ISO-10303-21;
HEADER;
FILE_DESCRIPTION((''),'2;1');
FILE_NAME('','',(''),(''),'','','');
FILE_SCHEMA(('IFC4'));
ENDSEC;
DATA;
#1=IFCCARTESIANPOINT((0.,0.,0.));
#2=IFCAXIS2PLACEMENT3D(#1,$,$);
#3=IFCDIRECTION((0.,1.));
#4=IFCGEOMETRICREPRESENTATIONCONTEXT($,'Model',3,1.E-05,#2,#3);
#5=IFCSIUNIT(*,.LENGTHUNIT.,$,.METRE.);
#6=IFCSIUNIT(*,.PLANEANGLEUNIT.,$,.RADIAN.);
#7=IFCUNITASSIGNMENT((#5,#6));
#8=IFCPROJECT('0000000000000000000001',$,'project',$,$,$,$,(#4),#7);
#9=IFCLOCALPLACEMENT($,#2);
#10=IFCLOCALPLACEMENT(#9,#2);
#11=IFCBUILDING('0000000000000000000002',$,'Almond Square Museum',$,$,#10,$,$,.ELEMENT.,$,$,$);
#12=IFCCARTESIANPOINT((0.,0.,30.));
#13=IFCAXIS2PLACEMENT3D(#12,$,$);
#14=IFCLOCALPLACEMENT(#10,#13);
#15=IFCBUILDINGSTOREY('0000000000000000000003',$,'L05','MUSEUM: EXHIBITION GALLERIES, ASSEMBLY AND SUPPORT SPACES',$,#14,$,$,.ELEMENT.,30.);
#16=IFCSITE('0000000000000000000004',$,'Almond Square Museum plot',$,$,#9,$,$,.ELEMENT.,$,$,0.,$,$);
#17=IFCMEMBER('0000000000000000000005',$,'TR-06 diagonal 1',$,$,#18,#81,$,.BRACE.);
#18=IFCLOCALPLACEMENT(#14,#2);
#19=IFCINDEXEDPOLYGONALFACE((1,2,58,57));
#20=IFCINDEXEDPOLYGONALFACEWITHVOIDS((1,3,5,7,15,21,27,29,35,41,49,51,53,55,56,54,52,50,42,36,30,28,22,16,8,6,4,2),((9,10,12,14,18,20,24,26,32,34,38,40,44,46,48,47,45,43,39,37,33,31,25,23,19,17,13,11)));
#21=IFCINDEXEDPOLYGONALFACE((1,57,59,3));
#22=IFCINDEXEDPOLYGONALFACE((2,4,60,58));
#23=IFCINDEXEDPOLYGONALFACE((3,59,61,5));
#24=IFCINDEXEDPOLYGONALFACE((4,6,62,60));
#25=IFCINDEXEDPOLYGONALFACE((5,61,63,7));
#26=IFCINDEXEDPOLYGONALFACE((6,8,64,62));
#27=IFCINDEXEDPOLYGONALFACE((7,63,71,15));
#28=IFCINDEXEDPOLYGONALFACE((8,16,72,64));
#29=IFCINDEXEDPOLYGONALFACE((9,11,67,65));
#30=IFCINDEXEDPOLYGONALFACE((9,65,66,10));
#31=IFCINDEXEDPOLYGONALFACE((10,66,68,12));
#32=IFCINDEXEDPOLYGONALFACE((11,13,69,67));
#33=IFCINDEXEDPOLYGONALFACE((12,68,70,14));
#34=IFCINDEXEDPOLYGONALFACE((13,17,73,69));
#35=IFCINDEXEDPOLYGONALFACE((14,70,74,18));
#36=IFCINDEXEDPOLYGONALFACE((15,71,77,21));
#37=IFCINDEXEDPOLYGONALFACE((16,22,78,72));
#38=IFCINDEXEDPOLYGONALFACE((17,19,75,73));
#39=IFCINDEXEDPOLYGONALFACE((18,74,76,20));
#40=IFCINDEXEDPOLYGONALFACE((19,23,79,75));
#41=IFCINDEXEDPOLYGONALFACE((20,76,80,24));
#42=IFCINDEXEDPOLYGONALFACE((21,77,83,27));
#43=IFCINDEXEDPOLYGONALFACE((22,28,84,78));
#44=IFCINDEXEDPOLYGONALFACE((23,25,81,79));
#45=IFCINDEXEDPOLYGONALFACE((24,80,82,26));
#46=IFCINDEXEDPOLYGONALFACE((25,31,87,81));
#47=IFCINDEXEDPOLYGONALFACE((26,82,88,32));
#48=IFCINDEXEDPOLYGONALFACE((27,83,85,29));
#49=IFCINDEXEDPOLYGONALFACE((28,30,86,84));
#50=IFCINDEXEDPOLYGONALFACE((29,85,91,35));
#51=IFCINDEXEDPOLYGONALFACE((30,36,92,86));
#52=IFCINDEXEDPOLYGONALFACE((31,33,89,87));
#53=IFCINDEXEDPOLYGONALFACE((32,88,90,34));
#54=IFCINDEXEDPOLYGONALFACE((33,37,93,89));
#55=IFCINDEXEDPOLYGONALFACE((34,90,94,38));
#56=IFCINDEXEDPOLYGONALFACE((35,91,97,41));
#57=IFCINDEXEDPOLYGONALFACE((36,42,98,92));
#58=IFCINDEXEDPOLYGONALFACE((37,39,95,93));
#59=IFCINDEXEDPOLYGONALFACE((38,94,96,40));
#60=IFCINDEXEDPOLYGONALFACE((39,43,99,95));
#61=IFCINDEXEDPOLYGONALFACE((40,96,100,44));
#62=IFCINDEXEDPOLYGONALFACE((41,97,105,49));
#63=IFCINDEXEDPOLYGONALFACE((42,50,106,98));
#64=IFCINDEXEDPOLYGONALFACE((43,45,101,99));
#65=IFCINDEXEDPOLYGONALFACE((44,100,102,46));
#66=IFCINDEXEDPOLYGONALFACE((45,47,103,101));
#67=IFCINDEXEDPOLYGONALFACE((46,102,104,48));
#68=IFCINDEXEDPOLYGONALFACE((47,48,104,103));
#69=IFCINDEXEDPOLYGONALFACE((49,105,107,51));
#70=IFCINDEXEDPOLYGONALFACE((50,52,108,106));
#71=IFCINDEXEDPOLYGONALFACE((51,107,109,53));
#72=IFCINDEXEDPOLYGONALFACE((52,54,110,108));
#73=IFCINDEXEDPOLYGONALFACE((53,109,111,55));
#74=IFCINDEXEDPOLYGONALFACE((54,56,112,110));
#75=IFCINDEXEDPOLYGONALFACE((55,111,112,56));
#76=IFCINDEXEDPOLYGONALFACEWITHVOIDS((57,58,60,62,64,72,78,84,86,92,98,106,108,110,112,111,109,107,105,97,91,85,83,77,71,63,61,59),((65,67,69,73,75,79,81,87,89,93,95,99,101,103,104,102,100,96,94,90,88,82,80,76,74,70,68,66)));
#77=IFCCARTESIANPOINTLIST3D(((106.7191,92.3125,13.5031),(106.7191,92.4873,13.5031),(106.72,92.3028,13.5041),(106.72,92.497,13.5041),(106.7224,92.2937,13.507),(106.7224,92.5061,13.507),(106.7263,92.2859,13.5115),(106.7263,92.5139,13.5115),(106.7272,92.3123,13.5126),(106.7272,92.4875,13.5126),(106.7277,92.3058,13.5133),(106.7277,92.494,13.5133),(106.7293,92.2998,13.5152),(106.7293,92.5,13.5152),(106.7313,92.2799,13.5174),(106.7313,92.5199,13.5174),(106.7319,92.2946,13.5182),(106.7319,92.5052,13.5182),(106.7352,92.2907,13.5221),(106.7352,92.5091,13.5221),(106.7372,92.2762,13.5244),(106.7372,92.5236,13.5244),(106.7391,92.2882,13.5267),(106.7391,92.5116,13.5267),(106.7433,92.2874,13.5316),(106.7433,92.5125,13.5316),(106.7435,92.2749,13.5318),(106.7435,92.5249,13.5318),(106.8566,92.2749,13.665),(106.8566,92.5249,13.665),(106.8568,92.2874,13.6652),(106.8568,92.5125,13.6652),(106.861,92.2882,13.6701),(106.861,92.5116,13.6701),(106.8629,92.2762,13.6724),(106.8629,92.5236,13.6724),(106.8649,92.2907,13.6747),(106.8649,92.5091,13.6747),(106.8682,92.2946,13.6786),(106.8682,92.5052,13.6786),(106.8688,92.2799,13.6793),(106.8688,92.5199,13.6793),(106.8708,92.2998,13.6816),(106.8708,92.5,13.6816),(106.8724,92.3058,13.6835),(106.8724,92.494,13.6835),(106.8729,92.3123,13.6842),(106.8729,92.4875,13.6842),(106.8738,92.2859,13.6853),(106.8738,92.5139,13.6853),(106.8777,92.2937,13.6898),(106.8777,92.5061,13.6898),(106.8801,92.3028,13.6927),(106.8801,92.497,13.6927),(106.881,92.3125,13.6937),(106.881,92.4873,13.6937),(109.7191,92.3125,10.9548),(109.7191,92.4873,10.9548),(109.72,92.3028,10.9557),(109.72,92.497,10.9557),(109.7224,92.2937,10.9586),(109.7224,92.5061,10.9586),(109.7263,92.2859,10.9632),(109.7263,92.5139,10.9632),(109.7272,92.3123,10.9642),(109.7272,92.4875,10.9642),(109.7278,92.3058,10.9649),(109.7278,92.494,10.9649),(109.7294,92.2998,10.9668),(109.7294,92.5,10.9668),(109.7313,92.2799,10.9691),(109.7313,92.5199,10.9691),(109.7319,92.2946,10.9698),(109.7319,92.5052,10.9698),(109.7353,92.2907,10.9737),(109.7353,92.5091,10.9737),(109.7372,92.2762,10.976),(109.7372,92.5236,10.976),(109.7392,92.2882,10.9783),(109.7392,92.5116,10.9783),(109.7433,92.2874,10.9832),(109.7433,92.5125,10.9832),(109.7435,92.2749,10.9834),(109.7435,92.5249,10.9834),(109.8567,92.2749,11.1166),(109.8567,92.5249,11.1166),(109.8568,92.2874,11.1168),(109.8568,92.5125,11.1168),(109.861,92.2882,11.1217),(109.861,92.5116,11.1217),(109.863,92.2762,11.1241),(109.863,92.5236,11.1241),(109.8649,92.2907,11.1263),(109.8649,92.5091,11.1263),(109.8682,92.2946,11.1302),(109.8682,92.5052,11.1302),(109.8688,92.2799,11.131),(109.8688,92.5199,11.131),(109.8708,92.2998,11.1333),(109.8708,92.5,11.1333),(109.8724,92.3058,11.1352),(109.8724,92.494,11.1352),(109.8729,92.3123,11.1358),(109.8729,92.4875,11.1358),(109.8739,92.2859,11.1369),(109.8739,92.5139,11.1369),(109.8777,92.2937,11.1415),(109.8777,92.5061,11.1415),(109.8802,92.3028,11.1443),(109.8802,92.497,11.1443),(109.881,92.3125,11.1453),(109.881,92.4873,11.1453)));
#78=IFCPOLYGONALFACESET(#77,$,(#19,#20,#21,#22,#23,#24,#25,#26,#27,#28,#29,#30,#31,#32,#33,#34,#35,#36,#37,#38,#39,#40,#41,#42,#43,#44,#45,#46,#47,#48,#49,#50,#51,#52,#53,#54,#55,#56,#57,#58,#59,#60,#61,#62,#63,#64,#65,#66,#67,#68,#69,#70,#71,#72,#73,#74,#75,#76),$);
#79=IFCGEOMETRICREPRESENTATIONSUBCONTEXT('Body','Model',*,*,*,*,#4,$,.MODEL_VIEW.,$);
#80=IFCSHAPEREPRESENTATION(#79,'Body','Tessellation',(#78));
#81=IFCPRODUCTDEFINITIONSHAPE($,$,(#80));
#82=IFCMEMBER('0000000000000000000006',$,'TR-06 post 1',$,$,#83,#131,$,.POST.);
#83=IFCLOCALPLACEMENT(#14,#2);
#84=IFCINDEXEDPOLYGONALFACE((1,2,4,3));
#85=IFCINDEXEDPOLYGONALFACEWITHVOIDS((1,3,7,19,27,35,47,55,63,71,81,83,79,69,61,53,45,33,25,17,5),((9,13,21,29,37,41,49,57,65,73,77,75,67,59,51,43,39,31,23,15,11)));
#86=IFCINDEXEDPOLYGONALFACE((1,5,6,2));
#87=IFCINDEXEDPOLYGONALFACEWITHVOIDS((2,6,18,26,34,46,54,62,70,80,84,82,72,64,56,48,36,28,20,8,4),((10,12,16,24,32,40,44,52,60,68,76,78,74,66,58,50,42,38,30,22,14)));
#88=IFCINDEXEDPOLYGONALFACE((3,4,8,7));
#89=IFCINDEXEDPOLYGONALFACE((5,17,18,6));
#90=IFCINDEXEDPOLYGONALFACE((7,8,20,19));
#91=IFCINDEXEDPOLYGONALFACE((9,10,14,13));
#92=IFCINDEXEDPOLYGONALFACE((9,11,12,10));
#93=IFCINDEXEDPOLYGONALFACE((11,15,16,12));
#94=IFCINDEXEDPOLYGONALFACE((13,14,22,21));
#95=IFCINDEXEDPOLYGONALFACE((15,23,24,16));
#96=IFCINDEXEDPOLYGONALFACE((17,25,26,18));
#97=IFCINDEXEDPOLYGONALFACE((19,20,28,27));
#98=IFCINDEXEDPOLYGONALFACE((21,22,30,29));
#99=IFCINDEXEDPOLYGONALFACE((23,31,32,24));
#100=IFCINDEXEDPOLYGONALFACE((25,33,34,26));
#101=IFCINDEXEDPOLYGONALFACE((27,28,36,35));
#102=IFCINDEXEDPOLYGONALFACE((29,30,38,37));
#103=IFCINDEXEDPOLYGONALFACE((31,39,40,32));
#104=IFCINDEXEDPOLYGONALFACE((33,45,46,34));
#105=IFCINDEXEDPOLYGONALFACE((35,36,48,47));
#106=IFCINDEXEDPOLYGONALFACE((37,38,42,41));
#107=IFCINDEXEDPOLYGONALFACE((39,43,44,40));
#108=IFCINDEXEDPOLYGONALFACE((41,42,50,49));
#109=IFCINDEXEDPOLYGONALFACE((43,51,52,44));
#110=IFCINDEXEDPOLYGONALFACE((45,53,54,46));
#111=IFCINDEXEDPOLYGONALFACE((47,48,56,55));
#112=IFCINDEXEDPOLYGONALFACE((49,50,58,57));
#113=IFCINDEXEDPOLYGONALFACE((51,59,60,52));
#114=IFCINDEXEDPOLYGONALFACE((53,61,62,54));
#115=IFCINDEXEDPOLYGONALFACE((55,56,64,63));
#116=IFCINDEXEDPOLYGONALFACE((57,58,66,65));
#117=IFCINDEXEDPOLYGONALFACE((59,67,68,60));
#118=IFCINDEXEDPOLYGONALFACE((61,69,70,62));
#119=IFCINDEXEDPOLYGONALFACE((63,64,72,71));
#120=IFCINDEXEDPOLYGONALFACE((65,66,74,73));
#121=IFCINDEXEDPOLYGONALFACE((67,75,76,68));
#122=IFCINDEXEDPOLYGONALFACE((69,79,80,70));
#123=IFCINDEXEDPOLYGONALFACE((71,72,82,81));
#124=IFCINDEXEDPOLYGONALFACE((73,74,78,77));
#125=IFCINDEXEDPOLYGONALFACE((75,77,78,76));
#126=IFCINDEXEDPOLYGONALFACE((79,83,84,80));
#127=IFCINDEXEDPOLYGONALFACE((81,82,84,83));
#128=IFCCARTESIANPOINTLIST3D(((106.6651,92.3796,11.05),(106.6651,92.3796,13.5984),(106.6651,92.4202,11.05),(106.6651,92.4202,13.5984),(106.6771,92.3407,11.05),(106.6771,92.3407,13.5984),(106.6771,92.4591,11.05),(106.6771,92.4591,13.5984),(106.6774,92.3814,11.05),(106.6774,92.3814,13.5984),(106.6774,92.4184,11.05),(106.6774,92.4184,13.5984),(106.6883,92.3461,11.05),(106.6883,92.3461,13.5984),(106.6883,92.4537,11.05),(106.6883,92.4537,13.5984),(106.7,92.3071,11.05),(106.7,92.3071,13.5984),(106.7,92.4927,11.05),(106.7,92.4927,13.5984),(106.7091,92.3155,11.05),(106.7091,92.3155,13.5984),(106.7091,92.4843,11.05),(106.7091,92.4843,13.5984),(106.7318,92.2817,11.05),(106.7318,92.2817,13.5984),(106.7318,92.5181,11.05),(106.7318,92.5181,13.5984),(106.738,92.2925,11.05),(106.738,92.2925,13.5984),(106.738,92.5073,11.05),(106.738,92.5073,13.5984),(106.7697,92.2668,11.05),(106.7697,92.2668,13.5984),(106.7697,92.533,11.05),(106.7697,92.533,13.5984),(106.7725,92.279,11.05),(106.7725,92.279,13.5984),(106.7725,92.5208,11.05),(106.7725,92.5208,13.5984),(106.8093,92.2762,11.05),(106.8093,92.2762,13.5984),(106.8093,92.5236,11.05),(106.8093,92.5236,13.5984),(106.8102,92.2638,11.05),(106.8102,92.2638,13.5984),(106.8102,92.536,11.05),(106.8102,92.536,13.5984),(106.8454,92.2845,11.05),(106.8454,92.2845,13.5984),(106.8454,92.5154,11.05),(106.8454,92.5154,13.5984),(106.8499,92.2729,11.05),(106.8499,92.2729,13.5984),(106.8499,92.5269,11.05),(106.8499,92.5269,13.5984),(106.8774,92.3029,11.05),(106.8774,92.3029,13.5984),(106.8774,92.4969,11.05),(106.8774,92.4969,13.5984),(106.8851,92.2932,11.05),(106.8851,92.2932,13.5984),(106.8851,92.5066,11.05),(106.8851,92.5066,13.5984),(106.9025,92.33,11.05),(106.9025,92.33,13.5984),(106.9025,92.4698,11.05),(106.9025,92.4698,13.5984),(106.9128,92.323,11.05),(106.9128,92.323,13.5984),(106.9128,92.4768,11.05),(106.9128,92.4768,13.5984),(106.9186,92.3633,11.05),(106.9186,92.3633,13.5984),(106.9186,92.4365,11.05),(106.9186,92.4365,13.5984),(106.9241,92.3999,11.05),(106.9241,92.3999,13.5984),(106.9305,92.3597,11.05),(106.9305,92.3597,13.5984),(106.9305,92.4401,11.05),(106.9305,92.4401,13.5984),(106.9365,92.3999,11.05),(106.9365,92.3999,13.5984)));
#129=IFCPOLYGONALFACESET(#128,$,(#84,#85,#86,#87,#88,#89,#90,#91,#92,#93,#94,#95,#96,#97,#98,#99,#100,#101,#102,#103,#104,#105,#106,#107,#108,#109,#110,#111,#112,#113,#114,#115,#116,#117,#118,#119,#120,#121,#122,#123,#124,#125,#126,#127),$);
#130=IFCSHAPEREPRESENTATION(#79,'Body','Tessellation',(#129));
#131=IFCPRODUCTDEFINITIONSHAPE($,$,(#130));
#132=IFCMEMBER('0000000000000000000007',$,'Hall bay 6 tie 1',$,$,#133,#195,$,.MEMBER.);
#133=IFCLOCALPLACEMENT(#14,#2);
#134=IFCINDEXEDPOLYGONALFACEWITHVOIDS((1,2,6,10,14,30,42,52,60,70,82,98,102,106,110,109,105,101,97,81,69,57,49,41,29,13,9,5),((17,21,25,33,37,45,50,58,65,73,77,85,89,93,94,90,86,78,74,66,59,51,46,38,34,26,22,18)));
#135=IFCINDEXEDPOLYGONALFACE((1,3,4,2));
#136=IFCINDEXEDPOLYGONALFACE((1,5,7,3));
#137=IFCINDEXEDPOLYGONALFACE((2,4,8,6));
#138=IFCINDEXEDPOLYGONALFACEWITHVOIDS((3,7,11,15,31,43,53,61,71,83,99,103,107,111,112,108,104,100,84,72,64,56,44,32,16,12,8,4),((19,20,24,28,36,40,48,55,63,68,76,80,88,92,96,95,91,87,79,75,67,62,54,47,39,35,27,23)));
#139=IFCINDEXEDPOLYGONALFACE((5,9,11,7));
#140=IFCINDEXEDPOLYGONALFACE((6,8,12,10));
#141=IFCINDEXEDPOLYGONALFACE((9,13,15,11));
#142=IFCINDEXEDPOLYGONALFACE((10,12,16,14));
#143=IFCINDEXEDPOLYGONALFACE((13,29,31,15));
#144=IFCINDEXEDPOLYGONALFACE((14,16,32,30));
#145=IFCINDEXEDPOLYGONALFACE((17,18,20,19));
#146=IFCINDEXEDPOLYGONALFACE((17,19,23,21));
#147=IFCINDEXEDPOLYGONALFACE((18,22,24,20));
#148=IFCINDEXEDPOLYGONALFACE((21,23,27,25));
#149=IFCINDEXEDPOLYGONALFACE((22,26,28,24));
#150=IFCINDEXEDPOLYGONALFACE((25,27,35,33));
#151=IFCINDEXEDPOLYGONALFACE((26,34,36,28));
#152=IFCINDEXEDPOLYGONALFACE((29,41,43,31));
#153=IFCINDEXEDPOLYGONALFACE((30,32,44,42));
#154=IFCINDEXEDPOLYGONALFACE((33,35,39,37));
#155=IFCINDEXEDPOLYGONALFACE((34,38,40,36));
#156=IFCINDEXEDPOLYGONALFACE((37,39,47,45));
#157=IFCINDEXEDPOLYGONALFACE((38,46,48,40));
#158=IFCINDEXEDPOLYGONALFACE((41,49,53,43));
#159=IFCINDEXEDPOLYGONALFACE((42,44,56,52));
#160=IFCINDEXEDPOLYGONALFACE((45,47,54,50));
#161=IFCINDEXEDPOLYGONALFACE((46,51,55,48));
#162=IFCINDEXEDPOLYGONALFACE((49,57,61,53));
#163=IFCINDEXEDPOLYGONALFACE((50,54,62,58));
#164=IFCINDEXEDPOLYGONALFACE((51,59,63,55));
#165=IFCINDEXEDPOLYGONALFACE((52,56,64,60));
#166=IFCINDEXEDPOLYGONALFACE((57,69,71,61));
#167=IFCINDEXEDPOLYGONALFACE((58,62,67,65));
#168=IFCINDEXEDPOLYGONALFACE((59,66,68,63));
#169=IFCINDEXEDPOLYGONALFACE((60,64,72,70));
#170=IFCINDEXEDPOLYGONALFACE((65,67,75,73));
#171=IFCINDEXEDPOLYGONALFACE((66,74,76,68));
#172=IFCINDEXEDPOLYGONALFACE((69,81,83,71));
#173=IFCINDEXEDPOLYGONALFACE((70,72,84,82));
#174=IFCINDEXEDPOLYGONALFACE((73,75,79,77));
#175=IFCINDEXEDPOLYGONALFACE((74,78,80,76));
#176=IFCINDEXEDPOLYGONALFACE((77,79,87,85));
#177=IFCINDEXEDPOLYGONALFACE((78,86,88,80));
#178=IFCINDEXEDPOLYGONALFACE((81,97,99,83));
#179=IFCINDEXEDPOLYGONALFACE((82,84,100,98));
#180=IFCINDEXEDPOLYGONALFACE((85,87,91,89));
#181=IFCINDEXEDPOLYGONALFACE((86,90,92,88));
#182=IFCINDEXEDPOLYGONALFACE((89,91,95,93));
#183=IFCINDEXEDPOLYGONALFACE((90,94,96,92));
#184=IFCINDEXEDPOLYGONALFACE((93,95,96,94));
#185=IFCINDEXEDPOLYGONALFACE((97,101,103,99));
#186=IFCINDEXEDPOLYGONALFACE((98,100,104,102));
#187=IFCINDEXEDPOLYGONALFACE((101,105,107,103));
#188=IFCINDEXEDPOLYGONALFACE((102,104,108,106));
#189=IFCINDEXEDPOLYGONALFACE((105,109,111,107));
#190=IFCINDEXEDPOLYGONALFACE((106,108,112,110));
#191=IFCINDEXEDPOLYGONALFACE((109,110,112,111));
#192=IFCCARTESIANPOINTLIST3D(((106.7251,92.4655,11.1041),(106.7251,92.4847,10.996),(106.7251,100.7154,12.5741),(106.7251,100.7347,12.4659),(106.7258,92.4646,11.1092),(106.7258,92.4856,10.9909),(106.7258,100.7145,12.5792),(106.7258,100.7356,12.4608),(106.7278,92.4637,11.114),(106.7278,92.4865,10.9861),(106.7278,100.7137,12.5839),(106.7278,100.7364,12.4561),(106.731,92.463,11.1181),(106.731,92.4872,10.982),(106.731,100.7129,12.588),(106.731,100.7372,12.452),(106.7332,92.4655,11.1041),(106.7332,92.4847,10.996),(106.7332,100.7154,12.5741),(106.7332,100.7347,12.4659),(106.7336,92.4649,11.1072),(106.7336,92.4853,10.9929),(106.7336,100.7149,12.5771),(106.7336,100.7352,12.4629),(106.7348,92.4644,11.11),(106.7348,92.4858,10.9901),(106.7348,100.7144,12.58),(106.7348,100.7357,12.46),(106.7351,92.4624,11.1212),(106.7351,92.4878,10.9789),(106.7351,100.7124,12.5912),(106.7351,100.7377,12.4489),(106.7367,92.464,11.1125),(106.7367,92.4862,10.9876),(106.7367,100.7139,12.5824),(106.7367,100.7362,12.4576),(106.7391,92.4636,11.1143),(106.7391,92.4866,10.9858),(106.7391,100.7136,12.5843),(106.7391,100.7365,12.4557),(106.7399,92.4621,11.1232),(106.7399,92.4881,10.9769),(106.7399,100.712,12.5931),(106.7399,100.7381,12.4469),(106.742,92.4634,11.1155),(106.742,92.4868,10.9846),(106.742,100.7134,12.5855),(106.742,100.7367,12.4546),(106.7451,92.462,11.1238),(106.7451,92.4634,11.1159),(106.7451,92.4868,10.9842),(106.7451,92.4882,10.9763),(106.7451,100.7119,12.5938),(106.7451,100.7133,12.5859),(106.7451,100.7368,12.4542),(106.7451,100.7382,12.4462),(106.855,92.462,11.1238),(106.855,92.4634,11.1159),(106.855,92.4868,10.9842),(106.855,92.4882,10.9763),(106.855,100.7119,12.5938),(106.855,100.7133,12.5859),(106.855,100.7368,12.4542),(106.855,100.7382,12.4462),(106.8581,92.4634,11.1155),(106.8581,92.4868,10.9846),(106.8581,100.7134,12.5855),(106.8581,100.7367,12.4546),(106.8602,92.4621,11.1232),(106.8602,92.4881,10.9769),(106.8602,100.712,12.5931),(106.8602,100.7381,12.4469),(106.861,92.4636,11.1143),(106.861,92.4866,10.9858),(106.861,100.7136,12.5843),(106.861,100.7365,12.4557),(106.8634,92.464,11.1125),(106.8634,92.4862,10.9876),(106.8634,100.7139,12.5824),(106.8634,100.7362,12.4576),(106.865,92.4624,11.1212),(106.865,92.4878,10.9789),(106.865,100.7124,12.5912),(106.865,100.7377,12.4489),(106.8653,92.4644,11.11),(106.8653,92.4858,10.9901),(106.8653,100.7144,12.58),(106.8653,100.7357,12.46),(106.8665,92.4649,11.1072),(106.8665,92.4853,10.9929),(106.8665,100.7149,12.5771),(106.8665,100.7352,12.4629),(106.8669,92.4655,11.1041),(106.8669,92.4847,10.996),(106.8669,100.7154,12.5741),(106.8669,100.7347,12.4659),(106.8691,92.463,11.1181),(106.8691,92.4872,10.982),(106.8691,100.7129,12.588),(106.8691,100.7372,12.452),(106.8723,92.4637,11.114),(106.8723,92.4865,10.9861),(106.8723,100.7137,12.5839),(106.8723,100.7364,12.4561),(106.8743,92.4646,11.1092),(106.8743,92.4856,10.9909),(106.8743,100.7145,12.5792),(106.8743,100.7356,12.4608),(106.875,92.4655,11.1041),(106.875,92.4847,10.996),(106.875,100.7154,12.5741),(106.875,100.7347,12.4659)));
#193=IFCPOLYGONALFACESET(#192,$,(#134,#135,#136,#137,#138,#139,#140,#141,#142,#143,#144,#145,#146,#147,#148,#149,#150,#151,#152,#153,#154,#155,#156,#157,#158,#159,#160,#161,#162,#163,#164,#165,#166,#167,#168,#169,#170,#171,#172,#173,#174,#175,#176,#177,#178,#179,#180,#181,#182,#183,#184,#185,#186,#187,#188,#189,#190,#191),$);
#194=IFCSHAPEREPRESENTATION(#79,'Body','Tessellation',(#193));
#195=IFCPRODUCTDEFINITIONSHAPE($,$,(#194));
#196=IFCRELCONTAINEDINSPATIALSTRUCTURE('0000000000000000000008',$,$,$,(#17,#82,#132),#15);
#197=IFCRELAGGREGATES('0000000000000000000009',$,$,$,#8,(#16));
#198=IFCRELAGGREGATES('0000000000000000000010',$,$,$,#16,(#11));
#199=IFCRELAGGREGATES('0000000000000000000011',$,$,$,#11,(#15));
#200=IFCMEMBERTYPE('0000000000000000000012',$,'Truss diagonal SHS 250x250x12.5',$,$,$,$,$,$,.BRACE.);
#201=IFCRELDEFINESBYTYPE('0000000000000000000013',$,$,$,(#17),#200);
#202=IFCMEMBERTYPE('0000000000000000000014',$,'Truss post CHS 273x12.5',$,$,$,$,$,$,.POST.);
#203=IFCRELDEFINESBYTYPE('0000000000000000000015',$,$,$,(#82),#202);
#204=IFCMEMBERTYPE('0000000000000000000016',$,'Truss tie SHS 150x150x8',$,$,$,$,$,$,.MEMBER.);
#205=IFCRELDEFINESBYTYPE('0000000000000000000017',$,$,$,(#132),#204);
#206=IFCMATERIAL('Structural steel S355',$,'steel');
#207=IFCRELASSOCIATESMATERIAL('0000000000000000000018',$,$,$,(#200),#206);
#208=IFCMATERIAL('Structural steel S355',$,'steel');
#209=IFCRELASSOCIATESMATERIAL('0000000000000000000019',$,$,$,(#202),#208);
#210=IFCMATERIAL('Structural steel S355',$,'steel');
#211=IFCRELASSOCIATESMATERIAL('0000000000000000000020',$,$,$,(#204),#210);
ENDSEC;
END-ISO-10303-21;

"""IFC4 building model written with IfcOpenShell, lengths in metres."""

from ifc_helpers import new_model, si_unit, direction, frame, origin, origin_2d, place, context, subcontext, project, spatial, hollow_rectangle, hollow_circle, extrude, material, material_profile, profile_set, type_object, element, save


model = new_model("IFC4")

# Units and contexts
model_context = context("Model", 3, precision=1e-05, world=origin(), true_north=direction((0.0, 1.0)))
body_context = subcontext(model_context, "Body", "Model", "MODEL_VIEW")
ifc_project = project(units=[si_unit("LENGTHUNIT", "METRE"), si_unit("PLANEANGLEUNIT", "RADIAN")], contexts=[model_context])

# Site, building, storey
site_placement = place(None, origin())
site = spatial("IfcSite", under=ifc_project, at=site_placement, Name="Almond Square Museum plot", CompositionType="ELEMENT", RefElevation=0.0)
building_placement = place(site_placement, origin())
building = spatial("IfcBuilding", under=site, at=building_placement, Name="Almond Square Museum", CompositionType="ELEMENT")
storey_placement = place(building_placement, frame((0.0, 0.0, 30.0)))
storey = spatial("IfcBuildingStorey", under=building, at=storey_placement, Name="L05", Description="MUSEUM: EXHIBITION GALLERIES, ASSEMBLY AND SUPPORT SPACES", CompositionType="ELEMENT", Elevation=30.0)

# Members
ifc_material_1 = material(Name="Structural steel S355", Category="steel")
ifc_material_profile_1 = material_profile(ifc_material_1, hollow_rectangle(XDim=0.25, YDim=0.25, WallThickness=0.0125, InnerFilletRadius=0.0249, OuterFilletRadius=0.0376, at=origin_2d()))
ifc_profile_set_1 = profile_set([ifc_material_profile_1], Name="Structural steel S355")
member_type_1 = type_object("IfcMemberType", Name="Truss diagonal SHS 250x250x12.5", PredefinedType="BRACE", material=ifc_profile_set_1)
member_1_placement = place(storey_placement, frame((106.8, 92.3999, 13.5984), z_axis=(0.762147, 0.0, -0.647404), x_axis=(0.0, 1.0, 0.0)))
element("IfcMember", 1, at=member_1_placement, inside=storey, type_object=member_type_1, Name="TR-06 diagonal 1", PredefinedType="BRACE", context=body_context, shape_type="SweptSolid", body=[
    extrude(hollow_rectangle(XDim=0.25, YDim=0.25, WallThickness=0.0125, InnerFilletRadius=0.0249, OuterFilletRadius=0.0376, at=origin_2d()), origin(), (0.0, 0.0, 1.0), 3.9363),
])
ifc_material_2 = material(Name="Structural steel S355", Category="steel")
ifc_material_profile_2 = material_profile(ifc_material_2, hollow_circle(Radius=0.1365, WallThickness=0.0125, at=origin_2d()))
ifc_profile_set_2 = profile_set([ifc_material_profile_2], Name="Structural steel S355")
member_type_2 = type_object("IfcMemberType", Name="Truss post CHS 273x12.5", PredefinedType="POST", material=ifc_profile_set_2)
member_2_placement = place(storey_placement, frame((106.8, 92.3999, 11.05), z_axis=(0.0, 0.0, 1.0), x_axis=(1.0, 0.0, 0.0)))
element("IfcMember", 2, at=member_2_placement, inside=storey, type_object=member_type_2, Name="TR-06 post 1", PredefinedType="POST", context=body_context, shape_type="SweptSolid", body=[
    extrude(hollow_circle(Radius=0.1365, WallThickness=0.0125, at=origin_2d()), origin(), (0.0, 0.0, 1.0), 2.5483),
])
ifc_material_3 = material(Name="Structural steel S355", Category="steel")
ifc_material_profile_3 = material_profile(ifc_material_3, hollow_rectangle(XDim=0.1499, YDim=0.1499, WallThickness=0.0081, InnerFilletRadius=0.012, OuterFilletRadius=0.02, at=origin_2d()))
ifc_profile_set_3 = profile_set([ifc_material_profile_3], Name="Structural steel S355")
member_type_3 = type_object("IfcMemberType", Name="Truss tie SHS 150x150x8", PredefinedType="MEMBER", material=ifc_profile_set_3)
member_3_placement = place(storey_placement, frame((106.8, 92.4751, 11.05), z_axis=(0.0, 0.984494, 0.175416), x_axis=(-1.0, 0.0, 0.0)))
element("IfcMember", 3, at=member_3_placement, inside=storey, type_object=member_type_3, Name="Hall bay 6 tie 1", PredefinedType="MEMBER", context=body_context, shape_type="SweptSolid", body=[
    extrude(hollow_rectangle(XDim=0.1499, YDim=0.1499, WallThickness=0.0081, InnerFilletRadius=0.012, OuterFilletRadius=0.02, at=origin_2d()), origin(), (0.0, 0.0, 1.0), 8.3799),
])

save(model, "model.ifc")
